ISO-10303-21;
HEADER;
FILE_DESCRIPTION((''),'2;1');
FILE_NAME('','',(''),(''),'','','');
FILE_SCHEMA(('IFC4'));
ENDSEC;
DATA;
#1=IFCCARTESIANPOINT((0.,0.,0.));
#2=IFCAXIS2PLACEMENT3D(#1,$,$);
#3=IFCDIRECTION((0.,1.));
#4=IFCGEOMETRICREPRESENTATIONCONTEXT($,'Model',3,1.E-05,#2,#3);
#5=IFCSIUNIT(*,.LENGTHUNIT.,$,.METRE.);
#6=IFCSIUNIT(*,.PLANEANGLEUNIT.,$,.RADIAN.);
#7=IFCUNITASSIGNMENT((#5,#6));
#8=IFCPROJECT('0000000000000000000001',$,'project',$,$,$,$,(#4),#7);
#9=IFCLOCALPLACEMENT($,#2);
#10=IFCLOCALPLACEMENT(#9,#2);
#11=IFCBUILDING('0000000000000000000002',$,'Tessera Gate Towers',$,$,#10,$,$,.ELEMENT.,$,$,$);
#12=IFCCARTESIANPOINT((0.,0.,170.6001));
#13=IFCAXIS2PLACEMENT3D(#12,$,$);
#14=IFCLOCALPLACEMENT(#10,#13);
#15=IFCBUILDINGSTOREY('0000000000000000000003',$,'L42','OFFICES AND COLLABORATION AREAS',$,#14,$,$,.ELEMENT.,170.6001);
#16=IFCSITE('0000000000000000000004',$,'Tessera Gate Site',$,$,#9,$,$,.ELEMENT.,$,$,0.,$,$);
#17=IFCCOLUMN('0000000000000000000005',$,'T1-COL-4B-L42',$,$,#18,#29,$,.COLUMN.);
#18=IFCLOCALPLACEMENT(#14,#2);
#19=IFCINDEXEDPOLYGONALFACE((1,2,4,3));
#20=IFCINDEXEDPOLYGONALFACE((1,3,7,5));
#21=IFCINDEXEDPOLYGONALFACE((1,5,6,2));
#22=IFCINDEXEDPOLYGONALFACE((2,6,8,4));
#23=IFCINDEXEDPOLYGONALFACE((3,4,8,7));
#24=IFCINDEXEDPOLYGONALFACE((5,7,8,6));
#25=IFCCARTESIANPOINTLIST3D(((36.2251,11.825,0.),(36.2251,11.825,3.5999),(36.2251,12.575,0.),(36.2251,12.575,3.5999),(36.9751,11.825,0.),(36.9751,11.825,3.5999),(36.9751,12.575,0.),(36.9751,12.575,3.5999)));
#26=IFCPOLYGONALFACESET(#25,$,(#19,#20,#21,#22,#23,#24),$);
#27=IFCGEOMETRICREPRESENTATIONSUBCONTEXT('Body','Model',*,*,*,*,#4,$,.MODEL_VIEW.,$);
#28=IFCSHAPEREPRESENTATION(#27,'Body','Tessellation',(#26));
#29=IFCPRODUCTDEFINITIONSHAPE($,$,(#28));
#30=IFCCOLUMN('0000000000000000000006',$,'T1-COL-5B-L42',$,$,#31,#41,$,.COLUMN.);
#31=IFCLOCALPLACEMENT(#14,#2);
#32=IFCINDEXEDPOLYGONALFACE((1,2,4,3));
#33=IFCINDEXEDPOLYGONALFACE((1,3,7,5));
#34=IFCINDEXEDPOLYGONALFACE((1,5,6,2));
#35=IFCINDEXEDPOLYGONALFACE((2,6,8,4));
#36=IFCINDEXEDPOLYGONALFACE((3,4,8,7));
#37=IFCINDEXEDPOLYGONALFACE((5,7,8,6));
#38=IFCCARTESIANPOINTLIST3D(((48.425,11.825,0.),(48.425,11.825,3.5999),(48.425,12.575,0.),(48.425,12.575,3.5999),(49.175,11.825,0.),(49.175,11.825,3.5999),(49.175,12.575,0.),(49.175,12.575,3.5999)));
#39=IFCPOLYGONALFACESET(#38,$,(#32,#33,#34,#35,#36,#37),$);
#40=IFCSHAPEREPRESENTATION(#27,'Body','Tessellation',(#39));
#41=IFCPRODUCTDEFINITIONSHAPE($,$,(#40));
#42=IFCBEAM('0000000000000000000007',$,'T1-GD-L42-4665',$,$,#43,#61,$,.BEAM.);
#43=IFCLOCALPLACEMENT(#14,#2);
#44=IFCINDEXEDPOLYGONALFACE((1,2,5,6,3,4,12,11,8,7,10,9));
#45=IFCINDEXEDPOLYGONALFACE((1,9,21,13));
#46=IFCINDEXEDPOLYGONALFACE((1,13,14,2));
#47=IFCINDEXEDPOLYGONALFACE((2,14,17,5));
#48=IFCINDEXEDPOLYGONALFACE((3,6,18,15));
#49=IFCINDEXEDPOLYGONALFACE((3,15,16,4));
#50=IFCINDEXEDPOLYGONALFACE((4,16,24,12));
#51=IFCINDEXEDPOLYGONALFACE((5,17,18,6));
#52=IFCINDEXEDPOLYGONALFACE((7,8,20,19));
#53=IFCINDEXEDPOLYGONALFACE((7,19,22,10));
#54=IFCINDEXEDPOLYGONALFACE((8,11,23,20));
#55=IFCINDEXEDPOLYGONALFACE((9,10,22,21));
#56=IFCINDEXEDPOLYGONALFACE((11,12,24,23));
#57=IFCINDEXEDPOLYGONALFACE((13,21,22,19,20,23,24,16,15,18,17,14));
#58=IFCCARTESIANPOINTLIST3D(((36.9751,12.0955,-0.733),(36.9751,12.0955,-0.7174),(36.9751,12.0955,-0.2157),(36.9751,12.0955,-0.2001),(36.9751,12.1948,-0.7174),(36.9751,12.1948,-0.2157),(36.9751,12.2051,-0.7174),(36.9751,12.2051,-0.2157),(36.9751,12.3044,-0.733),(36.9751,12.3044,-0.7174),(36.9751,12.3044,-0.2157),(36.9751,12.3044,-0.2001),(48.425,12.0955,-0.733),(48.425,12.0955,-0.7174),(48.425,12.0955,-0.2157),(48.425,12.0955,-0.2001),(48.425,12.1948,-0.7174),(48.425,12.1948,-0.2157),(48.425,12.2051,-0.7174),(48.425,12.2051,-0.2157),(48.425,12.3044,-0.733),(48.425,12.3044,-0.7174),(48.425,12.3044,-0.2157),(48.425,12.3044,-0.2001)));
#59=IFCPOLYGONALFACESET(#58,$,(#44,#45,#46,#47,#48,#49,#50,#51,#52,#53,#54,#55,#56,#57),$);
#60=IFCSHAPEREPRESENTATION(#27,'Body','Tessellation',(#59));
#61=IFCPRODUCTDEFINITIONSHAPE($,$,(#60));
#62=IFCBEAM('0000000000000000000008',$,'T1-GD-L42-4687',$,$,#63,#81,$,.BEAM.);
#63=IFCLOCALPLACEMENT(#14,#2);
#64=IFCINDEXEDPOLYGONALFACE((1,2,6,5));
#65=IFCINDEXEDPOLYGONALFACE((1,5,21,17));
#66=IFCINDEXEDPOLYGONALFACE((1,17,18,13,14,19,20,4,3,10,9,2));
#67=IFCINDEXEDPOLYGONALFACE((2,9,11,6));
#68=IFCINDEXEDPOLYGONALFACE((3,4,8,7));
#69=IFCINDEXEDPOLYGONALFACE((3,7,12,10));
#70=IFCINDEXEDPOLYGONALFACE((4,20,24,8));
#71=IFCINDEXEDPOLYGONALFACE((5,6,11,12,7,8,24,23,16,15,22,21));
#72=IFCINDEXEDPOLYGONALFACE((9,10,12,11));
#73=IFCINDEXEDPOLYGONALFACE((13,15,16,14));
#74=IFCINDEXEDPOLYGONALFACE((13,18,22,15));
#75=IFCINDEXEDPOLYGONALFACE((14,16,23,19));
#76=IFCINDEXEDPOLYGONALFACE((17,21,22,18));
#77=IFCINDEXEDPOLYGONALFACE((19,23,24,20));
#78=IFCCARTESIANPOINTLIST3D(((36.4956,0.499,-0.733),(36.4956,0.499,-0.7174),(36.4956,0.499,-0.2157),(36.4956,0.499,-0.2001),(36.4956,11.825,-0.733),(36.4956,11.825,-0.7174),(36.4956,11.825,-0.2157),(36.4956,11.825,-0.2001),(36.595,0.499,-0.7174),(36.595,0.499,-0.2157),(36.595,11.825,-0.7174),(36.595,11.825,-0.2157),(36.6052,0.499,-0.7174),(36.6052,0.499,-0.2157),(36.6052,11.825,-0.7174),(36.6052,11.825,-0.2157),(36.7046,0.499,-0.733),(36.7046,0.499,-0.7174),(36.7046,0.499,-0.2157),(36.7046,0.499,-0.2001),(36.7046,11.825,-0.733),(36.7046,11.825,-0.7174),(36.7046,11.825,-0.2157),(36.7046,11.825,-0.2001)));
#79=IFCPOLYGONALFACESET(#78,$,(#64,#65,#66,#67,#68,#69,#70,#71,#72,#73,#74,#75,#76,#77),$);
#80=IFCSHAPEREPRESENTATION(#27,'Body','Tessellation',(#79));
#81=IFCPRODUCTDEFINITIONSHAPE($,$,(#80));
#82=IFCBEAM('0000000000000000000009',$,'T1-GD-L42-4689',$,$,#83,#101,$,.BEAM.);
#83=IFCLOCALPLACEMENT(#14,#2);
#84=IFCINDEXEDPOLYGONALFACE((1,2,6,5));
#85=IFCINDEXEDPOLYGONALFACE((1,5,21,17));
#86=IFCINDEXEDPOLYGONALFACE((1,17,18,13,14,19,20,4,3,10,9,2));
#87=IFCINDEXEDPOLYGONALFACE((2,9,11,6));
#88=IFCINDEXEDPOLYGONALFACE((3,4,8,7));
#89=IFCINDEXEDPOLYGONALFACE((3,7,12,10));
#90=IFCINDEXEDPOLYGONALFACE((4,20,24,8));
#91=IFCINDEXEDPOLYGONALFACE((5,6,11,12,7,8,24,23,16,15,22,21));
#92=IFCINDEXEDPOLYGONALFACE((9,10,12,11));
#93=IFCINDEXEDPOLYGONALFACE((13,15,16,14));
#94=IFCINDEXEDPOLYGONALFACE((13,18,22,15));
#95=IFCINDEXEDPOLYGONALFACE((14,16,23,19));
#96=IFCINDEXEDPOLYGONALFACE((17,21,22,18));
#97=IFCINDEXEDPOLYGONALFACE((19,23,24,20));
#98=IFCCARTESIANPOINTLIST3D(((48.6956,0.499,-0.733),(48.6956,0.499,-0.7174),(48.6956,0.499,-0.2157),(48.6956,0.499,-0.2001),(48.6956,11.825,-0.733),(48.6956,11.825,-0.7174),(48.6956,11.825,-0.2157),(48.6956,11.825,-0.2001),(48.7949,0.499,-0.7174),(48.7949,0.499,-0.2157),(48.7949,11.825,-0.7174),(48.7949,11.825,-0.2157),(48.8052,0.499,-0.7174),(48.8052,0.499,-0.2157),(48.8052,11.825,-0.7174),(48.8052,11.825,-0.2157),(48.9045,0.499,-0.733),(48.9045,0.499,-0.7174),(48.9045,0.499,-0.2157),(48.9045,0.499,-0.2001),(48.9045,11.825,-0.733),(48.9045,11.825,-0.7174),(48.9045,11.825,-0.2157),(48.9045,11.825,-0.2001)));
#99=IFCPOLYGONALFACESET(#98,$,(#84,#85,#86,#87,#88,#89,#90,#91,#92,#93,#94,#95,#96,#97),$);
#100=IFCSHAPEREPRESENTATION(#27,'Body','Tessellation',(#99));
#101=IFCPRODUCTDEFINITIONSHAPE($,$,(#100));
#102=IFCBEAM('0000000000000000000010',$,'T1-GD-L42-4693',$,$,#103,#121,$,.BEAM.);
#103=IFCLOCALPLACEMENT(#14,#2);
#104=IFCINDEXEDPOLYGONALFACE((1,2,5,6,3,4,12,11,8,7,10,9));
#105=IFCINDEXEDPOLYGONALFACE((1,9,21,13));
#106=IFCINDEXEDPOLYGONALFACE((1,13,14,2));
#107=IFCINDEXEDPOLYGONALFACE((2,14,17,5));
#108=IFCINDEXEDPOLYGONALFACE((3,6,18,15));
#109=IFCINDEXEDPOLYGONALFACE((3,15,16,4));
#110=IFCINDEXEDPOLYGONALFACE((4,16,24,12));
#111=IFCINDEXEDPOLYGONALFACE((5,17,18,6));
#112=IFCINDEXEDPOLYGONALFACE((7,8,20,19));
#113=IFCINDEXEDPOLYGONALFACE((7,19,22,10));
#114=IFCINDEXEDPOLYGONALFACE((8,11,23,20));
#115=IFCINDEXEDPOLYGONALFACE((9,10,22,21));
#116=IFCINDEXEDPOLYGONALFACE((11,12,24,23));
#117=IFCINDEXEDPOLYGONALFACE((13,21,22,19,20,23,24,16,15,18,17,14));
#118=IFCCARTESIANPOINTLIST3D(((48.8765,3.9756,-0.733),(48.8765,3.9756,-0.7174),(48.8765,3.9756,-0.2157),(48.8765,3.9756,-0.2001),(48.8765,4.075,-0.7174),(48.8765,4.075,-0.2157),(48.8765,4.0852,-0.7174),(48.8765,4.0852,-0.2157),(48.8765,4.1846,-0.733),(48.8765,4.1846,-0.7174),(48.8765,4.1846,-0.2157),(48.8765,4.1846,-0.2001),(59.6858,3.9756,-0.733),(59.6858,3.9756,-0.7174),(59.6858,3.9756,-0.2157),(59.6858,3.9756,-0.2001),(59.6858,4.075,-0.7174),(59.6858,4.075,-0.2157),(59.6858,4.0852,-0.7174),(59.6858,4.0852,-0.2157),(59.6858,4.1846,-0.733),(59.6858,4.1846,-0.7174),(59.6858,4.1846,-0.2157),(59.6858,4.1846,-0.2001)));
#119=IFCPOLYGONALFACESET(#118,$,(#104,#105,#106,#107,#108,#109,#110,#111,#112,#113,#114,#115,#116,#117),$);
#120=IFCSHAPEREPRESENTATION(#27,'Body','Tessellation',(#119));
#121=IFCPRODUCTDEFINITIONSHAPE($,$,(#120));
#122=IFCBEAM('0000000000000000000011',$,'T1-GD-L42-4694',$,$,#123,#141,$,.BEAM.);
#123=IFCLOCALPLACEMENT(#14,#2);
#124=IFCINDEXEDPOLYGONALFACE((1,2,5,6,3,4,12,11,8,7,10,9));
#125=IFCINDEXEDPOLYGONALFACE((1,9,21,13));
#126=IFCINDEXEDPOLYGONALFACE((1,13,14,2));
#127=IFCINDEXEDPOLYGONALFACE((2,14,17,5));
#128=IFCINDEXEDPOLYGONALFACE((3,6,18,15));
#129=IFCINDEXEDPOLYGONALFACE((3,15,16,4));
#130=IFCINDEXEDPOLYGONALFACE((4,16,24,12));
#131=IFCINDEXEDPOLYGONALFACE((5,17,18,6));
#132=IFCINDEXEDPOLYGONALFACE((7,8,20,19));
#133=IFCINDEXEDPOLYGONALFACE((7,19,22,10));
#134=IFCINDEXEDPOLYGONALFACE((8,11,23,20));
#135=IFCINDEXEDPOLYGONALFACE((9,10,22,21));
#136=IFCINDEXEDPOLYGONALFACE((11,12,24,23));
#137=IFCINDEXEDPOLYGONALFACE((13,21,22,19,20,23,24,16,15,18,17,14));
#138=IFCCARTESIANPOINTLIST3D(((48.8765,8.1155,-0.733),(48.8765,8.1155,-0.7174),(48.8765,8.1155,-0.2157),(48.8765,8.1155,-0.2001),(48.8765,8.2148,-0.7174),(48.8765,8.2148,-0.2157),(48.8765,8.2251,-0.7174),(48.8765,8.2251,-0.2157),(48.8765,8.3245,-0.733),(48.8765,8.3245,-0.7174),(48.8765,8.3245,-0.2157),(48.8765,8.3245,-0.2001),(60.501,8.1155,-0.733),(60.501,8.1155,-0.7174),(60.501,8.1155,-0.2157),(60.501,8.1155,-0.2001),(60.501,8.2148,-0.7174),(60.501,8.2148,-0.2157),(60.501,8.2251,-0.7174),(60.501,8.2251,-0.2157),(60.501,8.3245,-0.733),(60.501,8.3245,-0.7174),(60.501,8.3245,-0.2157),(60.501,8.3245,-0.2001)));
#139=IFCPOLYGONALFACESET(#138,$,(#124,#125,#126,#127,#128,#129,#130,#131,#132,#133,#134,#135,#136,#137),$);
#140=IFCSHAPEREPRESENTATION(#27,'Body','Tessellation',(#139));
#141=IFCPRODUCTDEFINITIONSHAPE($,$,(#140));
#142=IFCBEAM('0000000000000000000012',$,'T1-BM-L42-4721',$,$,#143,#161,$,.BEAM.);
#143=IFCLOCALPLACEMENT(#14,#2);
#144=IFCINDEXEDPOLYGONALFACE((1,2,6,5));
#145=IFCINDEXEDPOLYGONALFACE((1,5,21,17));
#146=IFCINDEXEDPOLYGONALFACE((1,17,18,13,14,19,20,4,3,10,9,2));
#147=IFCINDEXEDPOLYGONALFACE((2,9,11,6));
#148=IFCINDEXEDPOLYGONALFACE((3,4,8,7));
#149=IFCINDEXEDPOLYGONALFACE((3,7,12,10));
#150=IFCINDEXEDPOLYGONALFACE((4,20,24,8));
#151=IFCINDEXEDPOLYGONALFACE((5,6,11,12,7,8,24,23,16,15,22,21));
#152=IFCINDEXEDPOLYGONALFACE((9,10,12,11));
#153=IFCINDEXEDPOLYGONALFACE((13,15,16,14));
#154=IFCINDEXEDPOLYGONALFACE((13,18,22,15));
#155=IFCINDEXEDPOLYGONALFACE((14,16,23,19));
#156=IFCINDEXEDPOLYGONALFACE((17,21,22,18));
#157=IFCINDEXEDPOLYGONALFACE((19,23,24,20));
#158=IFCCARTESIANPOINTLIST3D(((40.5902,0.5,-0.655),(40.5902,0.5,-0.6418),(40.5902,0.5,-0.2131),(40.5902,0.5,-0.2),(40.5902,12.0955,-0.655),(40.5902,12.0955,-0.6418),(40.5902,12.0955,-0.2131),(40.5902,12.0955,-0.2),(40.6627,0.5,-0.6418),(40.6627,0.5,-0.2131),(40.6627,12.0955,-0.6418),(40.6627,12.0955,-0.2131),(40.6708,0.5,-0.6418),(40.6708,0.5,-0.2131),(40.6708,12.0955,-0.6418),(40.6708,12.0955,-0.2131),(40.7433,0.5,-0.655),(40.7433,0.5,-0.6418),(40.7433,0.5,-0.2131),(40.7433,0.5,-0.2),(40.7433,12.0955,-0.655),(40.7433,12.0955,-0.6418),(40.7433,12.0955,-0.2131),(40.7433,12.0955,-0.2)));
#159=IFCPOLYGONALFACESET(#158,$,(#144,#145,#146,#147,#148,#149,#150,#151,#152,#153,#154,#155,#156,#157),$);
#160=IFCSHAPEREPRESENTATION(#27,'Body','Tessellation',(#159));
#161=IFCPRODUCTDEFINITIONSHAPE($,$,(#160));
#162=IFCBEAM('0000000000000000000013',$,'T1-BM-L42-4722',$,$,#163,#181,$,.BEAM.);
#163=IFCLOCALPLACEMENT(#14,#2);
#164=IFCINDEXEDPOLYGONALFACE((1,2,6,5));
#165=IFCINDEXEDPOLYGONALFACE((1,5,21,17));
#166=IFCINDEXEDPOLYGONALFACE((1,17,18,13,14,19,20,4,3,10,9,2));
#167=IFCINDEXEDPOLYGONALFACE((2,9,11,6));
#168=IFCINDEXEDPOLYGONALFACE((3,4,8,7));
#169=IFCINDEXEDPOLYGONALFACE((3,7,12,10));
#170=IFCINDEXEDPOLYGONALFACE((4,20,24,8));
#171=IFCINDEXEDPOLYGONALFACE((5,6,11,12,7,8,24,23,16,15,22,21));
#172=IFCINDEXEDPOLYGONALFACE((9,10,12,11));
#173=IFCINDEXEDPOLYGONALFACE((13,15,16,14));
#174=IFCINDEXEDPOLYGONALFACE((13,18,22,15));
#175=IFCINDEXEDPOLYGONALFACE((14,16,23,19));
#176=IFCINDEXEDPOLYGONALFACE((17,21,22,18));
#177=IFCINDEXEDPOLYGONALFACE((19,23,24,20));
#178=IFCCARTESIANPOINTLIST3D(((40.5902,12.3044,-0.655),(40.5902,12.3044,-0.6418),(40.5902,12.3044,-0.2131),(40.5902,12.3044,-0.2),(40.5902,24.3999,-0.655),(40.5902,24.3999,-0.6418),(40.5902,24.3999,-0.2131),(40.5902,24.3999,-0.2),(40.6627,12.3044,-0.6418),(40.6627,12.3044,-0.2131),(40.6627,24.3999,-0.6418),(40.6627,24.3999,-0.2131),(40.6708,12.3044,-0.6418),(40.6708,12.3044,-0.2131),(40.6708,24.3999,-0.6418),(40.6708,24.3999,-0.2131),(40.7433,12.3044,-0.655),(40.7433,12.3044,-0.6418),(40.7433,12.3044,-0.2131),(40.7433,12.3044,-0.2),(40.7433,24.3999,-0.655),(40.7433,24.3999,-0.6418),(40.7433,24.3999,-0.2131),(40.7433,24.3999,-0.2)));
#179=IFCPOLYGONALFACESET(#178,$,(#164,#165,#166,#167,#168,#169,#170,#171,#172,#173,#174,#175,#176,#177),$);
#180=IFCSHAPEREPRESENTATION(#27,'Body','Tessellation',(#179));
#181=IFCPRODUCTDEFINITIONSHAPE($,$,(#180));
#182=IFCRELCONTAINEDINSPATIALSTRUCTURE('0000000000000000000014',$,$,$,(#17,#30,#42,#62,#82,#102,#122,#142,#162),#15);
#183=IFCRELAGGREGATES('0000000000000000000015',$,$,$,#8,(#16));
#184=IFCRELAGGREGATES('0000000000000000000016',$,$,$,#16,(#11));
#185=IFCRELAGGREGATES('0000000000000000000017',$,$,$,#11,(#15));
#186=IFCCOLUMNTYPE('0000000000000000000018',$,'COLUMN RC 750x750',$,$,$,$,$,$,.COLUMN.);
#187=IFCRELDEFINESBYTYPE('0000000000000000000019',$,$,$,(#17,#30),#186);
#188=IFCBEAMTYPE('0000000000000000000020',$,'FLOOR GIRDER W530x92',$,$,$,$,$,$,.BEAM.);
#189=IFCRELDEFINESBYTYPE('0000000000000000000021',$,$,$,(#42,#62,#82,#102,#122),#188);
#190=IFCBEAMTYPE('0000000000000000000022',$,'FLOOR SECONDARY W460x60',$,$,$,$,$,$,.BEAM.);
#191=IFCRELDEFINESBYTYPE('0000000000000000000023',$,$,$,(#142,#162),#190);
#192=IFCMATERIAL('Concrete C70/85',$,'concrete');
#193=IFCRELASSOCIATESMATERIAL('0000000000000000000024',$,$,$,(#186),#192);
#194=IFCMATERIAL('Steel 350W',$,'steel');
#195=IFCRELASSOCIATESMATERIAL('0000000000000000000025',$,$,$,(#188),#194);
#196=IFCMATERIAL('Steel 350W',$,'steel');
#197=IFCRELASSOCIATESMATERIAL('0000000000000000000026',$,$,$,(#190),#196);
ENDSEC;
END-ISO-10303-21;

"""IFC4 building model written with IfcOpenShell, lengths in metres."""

from ifc_helpers import new_model, si_unit, direction, frame, origin, origin_2d, place, context, subcontext, project, spatial, rectangle, i_section, extrude, material, material_profile, profile_set, type_object, element, save


model = new_model("IFC4")

# Units and contexts
model_context = context("Model", 3, precision=1e-05, world=origin(), true_north=direction((0.0, 1.0)))
body_context = subcontext(model_context, "Body", "Model", "MODEL_VIEW")
ifc_project = project(units=[si_unit("LENGTHUNIT", "METRE"), si_unit("PLANEANGLEUNIT", "RADIAN")], contexts=[model_context])

# Site, building, storey
site_placement = place(None, origin())
site = spatial("IfcSite", under=ifc_project, at=site_placement, Name="Tessera Gate Site", CompositionType="ELEMENT", RefElevation=0.0)
building_placement = place(site_placement, origin())
building = spatial("IfcBuilding", under=site, at=building_placement, Name="Tessera Gate Towers", CompositionType="ELEMENT")
storey_placement = place(building_placement, frame((0.0, 0.0, 170.6001)))
storey = spatial("IfcBuildingStorey", under=building, at=storey_placement, Name="L42", Description="OFFICES AND COLLABORATION AREAS", CompositionType="ELEMENT", Elevation=170.6001)

# Columns
ifc_material_1 = material(Name="Concrete C70/85", Category="concrete")
ifc_material_profile_1 = material_profile(ifc_material_1, rectangle(XDim=0.75, YDim=0.75, at=origin_2d()), Name="RC 750x750")
ifc_profile_set_1 = profile_set([ifc_material_profile_1], Name="Concrete C70/85")
column_type = type_object("IfcColumnType", Name="COLUMN RC 750x750", PredefinedType="COLUMN", material=ifc_profile_set_1)
for number, where, z_axis, x_axis, name in (
    (1, (36.6001, 12.2, 0.0), (0.0, 0.0, 1.0), (1.0, 0.0, 0.0), "T1-COL-4B-L42"),
    (2, (48.8, 12.2, 0.0), (0.0, 0.0, 1.0), (1.0, 0.0, 0.0), "T1-COL-5B-L42"),
):
    element("IfcColumn", number, at=place(storey_placement, frame(where, z_axis=z_axis, x_axis=x_axis)), inside=storey, type_object=column_type, Name=name, PredefinedType="COLUMN", context=body_context, shape_type="SweptSolid", body=[
        extrude(rectangle(XDim=0.75, YDim=0.75, at=origin_2d()), origin(), (0.0, 0.0, 1.0), 3.5999),
    ])

# Beams
ifc_material_2 = material(Name="Steel 350W", Category="steel")
ifc_material_profile_2 = material_profile(ifc_material_2, i_section(OverallWidth=0.209, OverallDepth=0.533, WebThickness=0.0103, FlangeThickness=0.0156, at=origin_2d()), Name="W530x92")
ifc_profile_set_2 = profile_set([ifc_material_profile_2], Name="Steel 350W")
beam_type_1 = type_object("IfcBeamType", Name="FLOOR GIRDER W530x92", PredefinedType="BEAM", material=ifc_profile_set_2)
beam_1_placement = place(storey_placement, frame((36.9751, 12.2, -0.4666), z_axis=(1.0, 0.0, 0.0), x_axis=(0.0, 1.0, 0.0)))
element("IfcBeam", 3, at=beam_1_placement, inside=storey, type_object=beam_type_1, Name="T1-GD-L42-4665", PredefinedType="BEAM", context=body_context, shape_type="SweptSolid", body=[
    extrude(i_section(OverallWidth=0.209, OverallDepth=0.533, WebThickness=0.0103, FlangeThickness=0.0156, at=origin_2d()), origin(), (0.0, 0.0, 1.0), 11.45),
])
for number, where, z_axis, x_axis, name in (
    (4, (36.6001, 0.499, -0.4666), (0.0, 1.0, 0.0), (-1.0, 0.0, 0.0), "T1-GD-L42-4687"),
    (5, (48.8, 0.499, -0.4666), (0.0, 1.0, 0.0), (-1.0, 0.0, 0.0), "T1-GD-L42-4689"),
):
    element("IfcBeam", number, at=place(storey_placement, frame(where, z_axis=z_axis, x_axis=x_axis)), inside=storey, type_object=beam_type_1, Name=name, PredefinedType="BEAM", context=body_context, shape_type="SweptSolid", body=[
        extrude(i_section(OverallWidth=0.209, OverallDepth=0.533, WebThickness=0.0103, FlangeThickness=0.0156, at=origin_2d()), origin(), (0.0, 0.0, 1.0), 11.3259),
    ])
beam_2_placement = place(storey_placement, frame((48.8765, 4.0801, -0.4666), z_axis=(1.0, 0.0, 0.0), x_axis=(0.0, 1.0, 0.0)))
element("IfcBeam", 6, at=beam_2_placement, inside=storey, type_object=beam_type_1, Name="T1-GD-L42-4693", PredefinedType="BEAM", context=body_context, shape_type="SweptSolid", body=[
    extrude(i_section(OverallWidth=0.209, OverallDepth=0.533, WebThickness=0.0103, FlangeThickness=0.0156, at=origin_2d()), origin(), (0.0, 0.0, 1.0), 10.8093),
])
beam_3_placement = place(storey_placement, frame((48.8765, 8.22, -0.4666), z_axis=(1.0, 0.0, 0.0), x_axis=(0.0, 1.0, 0.0)))
element("IfcBeam", 7, at=beam_3_placement, inside=storey, type_object=beam_type_1, Name="T1-GD-L42-4694", PredefinedType="BEAM", context=body_context, shape_type="SweptSolid", body=[
    extrude(i_section(OverallWidth=0.209, OverallDepth=0.533, WebThickness=0.0103, FlangeThickness=0.0156, at=origin_2d()), origin(), (0.0, 0.0, 1.0), 11.6245),
])
ifc_material_3 = material(Name="Steel 350W", Category="steel")
ifc_material_profile_3 = material_profile(ifc_material_3, i_section(OverallWidth=0.1531, OverallDepth=0.4551, WebThickness=0.0081, FlangeThickness=0.0132, at=origin_2d()), Name="W460x60")
ifc_profile_set_3 = profile_set([ifc_material_profile_3], Name="Steel 350W")
beam_type_2 = type_object("IfcBeamType", Name="FLOOR SECONDARY W460x60", PredefinedType="BEAM", material=ifc_profile_set_3)
beam_4_placement = place(storey_placement, frame((40.6667, 0.5, -0.4275), z_axis=(0.0, 1.0, 0.0), x_axis=(-1.0, 0.0, 0.0)))
element("IfcBeam", 8, at=beam_4_placement, inside=storey, type_object=beam_type_2, Name="T1-BM-L42-4721", PredefinedType="BEAM", context=body_context, shape_type="SweptSolid", body=[
    extrude(i_section(OverallWidth=0.1531, OverallDepth=0.4551, WebThickness=0.0081, FlangeThickness=0.0132, at=origin_2d()), origin(), (0.0, 0.0, 1.0), 11.5955),
])
beam_5_placement = place(storey_placement, frame((40.6667, 12.3044, -0.4275), z_axis=(0.0, 1.0, 0.0), x_axis=(-1.0, 0.0, 0.0)))
element("IfcBeam", 9, at=beam_5_placement, inside=storey, type_object=beam_type_2, Name="T1-BM-L42-4722", PredefinedType="BEAM", context=body_context, shape_type="SweptSolid", body=[
    extrude(i_section(OverallWidth=0.1531, OverallDepth=0.4551, WebThickness=0.0081, FlangeThickness=0.0132, at=origin_2d()), origin(), (0.0, 0.0, 1.0), 12.0955),
])

save(model, "model.ifc")
